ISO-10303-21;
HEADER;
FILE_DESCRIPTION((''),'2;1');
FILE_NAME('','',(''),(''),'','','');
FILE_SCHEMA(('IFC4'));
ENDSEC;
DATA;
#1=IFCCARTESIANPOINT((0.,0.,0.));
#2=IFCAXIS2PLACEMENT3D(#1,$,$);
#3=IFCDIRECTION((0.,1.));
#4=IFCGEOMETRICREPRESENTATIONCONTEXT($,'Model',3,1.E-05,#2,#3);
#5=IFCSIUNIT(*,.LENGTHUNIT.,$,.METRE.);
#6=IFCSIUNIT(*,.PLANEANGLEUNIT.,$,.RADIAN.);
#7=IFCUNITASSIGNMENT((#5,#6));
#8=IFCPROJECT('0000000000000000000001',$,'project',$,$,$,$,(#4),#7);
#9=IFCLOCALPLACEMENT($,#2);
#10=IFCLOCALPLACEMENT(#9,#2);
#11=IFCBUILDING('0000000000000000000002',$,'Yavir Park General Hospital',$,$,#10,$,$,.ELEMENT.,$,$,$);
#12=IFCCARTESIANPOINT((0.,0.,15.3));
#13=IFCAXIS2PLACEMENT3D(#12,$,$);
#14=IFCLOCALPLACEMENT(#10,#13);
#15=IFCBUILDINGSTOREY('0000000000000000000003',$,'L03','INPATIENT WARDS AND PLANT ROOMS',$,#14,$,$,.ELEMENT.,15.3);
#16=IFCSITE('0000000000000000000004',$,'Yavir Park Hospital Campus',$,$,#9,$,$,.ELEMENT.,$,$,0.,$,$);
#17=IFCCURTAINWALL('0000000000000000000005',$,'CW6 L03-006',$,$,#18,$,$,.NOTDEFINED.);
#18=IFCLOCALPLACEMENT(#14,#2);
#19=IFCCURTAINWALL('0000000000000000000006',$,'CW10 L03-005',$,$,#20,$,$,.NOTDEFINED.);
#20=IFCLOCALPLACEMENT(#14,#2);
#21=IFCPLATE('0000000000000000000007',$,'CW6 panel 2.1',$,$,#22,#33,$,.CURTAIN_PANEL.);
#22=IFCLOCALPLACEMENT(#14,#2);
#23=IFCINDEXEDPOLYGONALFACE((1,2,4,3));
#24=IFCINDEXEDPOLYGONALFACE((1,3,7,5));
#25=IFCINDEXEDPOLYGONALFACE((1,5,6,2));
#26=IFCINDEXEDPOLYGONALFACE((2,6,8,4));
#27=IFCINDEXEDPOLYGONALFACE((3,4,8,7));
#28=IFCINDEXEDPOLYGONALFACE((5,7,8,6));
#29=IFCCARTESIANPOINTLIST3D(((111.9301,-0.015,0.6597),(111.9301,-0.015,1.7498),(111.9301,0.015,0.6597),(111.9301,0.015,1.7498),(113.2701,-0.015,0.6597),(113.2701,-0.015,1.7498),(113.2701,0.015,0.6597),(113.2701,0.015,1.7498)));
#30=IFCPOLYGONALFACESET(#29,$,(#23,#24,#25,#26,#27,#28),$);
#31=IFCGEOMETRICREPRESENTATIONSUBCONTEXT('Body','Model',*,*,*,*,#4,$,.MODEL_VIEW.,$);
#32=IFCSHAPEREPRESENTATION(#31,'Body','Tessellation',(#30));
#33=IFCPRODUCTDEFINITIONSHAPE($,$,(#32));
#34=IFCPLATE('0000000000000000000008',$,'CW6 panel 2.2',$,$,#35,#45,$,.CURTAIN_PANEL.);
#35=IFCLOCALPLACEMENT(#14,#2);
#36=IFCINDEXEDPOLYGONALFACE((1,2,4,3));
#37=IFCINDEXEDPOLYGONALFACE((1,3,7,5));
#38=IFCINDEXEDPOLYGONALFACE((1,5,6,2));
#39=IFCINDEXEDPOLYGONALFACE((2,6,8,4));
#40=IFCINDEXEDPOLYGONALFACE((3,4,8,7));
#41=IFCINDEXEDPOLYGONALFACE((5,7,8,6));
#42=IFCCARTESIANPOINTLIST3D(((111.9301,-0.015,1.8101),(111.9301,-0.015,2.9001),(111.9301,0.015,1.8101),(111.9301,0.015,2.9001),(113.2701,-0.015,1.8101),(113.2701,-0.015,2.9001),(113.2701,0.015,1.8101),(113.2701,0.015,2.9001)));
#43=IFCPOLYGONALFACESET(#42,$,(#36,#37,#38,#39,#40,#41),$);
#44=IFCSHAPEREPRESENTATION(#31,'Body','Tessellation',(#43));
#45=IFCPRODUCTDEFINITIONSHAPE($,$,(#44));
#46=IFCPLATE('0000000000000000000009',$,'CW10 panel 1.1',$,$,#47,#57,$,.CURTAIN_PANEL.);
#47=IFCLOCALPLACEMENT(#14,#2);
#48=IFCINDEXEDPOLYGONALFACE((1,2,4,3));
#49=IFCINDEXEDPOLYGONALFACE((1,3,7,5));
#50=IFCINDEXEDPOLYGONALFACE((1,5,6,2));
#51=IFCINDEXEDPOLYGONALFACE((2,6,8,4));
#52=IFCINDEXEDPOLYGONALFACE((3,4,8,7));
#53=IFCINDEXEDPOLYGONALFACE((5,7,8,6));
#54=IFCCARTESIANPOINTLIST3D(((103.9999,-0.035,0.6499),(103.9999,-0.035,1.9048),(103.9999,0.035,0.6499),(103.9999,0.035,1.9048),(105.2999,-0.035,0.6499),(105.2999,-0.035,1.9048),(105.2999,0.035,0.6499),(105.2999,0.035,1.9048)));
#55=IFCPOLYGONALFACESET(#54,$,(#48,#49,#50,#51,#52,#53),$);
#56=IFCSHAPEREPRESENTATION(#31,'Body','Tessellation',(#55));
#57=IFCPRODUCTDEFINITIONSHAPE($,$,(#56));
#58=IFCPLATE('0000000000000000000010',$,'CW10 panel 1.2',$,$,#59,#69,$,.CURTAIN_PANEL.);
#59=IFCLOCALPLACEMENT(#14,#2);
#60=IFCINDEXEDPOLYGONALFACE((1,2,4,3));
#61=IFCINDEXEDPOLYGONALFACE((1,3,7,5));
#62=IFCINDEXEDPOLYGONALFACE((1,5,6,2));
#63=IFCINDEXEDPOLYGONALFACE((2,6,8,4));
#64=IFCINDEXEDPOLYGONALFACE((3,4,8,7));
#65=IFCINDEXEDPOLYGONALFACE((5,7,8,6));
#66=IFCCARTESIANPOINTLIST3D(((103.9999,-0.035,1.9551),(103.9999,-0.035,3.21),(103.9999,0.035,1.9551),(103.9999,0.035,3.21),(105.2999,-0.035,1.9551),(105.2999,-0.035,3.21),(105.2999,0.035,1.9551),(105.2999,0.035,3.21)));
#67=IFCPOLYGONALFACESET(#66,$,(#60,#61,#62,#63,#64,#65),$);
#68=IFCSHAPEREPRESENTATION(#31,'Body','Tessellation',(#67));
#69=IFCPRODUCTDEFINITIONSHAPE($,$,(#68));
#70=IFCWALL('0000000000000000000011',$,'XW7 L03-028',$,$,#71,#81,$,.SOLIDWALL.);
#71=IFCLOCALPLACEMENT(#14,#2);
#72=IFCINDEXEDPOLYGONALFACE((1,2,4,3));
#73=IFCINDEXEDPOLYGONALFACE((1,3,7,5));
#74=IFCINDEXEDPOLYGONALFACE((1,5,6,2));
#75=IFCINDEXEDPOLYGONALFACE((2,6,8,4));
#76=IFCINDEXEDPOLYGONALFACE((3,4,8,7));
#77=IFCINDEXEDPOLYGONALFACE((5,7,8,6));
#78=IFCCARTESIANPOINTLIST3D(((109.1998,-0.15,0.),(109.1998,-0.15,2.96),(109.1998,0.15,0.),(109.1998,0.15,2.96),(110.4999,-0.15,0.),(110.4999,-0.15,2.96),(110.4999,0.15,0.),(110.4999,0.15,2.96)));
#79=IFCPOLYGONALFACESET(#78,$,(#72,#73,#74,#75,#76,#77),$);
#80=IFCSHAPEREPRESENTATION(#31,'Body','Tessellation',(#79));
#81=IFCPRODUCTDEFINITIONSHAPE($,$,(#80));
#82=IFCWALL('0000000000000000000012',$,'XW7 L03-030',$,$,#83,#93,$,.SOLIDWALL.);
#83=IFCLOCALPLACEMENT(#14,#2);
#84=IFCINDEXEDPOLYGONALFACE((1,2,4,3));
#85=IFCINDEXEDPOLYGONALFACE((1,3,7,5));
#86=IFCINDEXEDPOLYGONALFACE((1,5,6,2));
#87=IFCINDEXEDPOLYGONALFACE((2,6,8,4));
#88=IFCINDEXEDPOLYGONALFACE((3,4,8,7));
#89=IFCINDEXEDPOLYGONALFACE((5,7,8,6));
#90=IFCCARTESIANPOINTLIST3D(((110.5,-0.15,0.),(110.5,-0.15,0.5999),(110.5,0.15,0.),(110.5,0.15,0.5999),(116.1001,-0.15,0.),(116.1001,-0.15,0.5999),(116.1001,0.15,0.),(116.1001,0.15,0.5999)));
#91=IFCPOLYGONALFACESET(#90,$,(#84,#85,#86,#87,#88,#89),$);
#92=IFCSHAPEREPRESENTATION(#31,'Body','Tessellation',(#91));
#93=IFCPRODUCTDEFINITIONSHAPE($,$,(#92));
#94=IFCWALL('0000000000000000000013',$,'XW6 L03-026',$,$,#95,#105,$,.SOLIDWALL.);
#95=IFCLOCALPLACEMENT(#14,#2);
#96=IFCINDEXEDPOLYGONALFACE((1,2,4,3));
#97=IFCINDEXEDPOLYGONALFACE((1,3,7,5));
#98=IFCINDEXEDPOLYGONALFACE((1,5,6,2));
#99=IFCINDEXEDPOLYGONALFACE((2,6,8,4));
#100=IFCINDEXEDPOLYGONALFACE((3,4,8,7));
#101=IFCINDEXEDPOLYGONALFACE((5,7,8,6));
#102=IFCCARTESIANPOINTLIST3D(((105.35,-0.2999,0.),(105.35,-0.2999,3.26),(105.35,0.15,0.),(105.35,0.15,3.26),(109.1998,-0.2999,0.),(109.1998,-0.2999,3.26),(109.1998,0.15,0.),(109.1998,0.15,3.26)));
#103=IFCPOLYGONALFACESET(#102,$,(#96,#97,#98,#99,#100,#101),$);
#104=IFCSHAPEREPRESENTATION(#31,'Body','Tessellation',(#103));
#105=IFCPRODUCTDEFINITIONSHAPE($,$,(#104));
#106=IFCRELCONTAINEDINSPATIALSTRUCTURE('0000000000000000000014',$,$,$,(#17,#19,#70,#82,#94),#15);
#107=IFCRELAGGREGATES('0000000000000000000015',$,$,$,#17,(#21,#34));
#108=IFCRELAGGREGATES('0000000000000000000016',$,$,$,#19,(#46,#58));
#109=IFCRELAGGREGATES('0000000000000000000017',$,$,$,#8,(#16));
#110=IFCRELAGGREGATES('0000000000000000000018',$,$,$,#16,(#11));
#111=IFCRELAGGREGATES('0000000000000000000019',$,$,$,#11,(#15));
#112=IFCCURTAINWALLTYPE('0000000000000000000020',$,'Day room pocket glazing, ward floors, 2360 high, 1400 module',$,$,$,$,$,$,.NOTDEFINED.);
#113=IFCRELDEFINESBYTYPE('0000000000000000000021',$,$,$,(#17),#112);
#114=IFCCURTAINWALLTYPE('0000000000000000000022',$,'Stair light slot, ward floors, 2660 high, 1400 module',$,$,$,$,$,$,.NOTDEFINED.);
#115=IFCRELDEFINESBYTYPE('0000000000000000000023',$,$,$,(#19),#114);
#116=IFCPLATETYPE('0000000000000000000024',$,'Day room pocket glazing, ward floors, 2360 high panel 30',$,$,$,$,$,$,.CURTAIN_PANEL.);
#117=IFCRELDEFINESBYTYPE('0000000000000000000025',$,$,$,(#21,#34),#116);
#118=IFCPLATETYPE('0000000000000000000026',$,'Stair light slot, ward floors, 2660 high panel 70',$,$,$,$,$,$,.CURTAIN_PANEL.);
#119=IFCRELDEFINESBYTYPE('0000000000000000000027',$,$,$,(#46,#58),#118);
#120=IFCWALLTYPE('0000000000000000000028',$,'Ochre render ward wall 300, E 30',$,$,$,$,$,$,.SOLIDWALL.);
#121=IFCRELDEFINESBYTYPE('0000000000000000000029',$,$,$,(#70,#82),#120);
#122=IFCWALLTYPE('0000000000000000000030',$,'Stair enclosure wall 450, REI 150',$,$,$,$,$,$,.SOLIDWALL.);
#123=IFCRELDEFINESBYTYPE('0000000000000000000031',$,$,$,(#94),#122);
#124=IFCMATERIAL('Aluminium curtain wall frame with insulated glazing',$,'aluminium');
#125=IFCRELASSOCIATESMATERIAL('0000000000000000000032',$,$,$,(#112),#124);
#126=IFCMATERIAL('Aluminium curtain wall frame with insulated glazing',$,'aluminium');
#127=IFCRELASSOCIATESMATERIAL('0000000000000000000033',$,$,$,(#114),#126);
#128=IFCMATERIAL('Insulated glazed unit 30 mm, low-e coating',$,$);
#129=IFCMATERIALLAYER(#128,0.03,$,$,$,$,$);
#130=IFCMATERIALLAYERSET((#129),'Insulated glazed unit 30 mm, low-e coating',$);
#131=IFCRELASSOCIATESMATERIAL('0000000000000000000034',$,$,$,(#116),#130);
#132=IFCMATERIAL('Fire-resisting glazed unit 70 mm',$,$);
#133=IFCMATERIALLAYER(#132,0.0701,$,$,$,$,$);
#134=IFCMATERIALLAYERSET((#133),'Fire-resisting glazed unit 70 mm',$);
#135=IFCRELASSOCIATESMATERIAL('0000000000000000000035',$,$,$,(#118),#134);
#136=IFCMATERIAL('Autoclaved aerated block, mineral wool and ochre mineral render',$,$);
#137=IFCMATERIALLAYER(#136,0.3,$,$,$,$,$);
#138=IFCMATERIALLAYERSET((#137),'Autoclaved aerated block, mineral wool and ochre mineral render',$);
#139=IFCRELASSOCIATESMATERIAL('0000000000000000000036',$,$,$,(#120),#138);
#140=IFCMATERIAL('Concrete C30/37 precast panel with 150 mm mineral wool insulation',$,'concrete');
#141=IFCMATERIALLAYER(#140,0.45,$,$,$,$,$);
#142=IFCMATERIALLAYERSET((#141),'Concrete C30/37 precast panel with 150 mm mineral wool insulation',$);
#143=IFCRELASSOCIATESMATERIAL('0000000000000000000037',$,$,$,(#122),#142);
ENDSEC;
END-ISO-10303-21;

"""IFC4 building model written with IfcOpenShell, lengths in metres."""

from ifc_helpers import new_model, si_unit, direction, frame, frame_2d, origin, origin_2d, place, context, subcontext, project, spatial, rectangle, extrude, material, layer, layer_set, type_object, element, aggregate, save


model = new_model("IFC4")

# Units and contexts
model_context = context("Model", 3, precision=1e-05, world=origin(), true_north=direction((0.0, 1.0)))
body_context = subcontext(model_context, "Body", "Model", "MODEL_VIEW")
ifc_project = project(units=[si_unit("LENGTHUNIT", "METRE"), si_unit("PLANEANGLEUNIT", "RADIAN")], contexts=[model_context])

# Site, building, storey
site_placement = place(None, origin())
site = spatial("IfcSite", under=ifc_project, at=site_placement, Name="Yavir Park Hospital Campus", CompositionType="ELEMENT", RefElevation=0.0)
building_placement = place(site_placement, origin())
building = spatial("IfcBuilding", under=site, at=building_placement, Name="Yavir Park General Hospital", CompositionType="ELEMENT")
storey_placement = place(building_placement, frame((0.0, 0.0, 15.3)))
storey = spatial("IfcBuildingStorey", under=building, at=storey_placement, Name="L03", Description="INPATIENT WARDS AND PLANT ROOMS", CompositionType="ELEMENT", Elevation=15.3)

# Curtain wall
ifc_material_1 = material(Name="Aluminium curtain wall frame with insulated glazing", Category="aluminium")
curtain_wall_type_1 = type_object("IfcCurtainWallType", Name="Day room pocket glazing, ward floors, 2360 high, 1400 module", PredefinedType="NOTDEFINED", material=ifc_material_1)
curtain_wall_1_placement = place(storey_placement, origin())
curtain_wall_1 = element("IfcCurtainWall", 1, at=curtain_wall_1_placement, inside=storey, type_object=curtain_wall_type_1, Name="CW6 L03-006", PredefinedType="NOTDEFINED")

# Curtain wall
ifc_material_2 = material(Name="Aluminium curtain wall frame with insulated glazing", Category="aluminium")
curtain_wall_type_2 = type_object("IfcCurtainWallType", Name="Stair light slot, ward floors, 2660 high, 1400 module", PredefinedType="NOTDEFINED", material=ifc_material_2)
curtain_wall_2_placement = place(storey_placement, origin())
curtain_wall_2 = element("IfcCurtainWall", 2, at=curtain_wall_2_placement, inside=storey, type_object=curtain_wall_type_2, Name="CW10 L03-005", PredefinedType="NOTDEFINED")

# Plates
ifc_material_3 = material(Name="Insulated glazed unit 30 mm, low-e coating")
ifc_layer_1 = layer(ifc_material_3, 0.03)
ifc_layer_set_1 = layer_set([ifc_layer_1], Name="Insulated glazed unit 30 mm, low-e coating")
plate_type_1 = type_object("IfcPlateType", Name="Day room pocket glazing, ward floors, 2360 high panel 30", PredefinedType="CURTAIN_PANEL", material=ifc_layer_set_1)
plate_1_placement = place(storey_placement, frame((112.6001, 0.0, 0.6597), z_axis=(0.0, 0.0, 1.0), x_axis=(1.0, 0.0, 0.0)))
plate_1 = element("IfcPlate", 3, at=plate_1_placement, type_object=plate_type_1, Name="CW6 panel 2.1", PredefinedType="CURTAIN_PANEL", context=body_context, shape_type="SweptSolid", body=[
    extrude(rectangle(XDim=1.3401, YDim=0.03, at=origin_2d()), origin(), (0.0, 0.0, 1.0), 1.0901),
])
plate_2_placement = place(storey_placement, frame((112.6001, 0.0, 1.8101), z_axis=(0.0, 0.0, 1.0), x_axis=(1.0, 0.0, 0.0)))
plate_2 = element("IfcPlate", 4, at=plate_2_placement, type_object=plate_type_1, Name="CW6 panel 2.2", PredefinedType="CURTAIN_PANEL", context=body_context, shape_type="SweptSolid", body=[
    extrude(rectangle(XDim=1.3401, YDim=0.03, at=origin_2d()), origin(), (0.0, 0.0, 1.0), 1.0901),
])
aggregate(curtain_wall_1, [plate_1, plate_2])
ifc_material_4 = material(Name="Fire-resisting glazed unit 70 mm")
ifc_layer_2 = layer(ifc_material_4, 0.0701)
ifc_layer_set_2 = layer_set([ifc_layer_2], Name="Fire-resisting glazed unit 70 mm")
plate_type_2 = type_object("IfcPlateType", Name="Stair light slot, ward floors, 2660 high panel 70", PredefinedType="CURTAIN_PANEL", material=ifc_layer_set_2)
plate_3_placement = place(storey_placement, frame((104.6499, 0.0, 0.6499), z_axis=(0.0, 0.0, 1.0), x_axis=(1.0, 0.0, 0.0)))
plate_3 = element("IfcPlate", 5, at=plate_3_placement, type_object=plate_type_2, Name="CW10 panel 1.1", PredefinedType="CURTAIN_PANEL", context=body_context, shape_type="SweptSolid", body=[
    extrude(rectangle(XDim=1.3, YDim=0.0701, at=origin_2d()), origin(), (0.0, 0.0, 1.0), 1.2549),
])
plate_4_placement = place(storey_placement, frame((104.6499, 0.0, 1.9551), z_axis=(0.0, 0.0, 1.0), x_axis=(1.0, 0.0, 0.0)))
plate_4 = element("IfcPlate", 6, at=plate_4_placement, type_object=plate_type_2, Name="CW10 panel 1.2", PredefinedType="CURTAIN_PANEL", context=body_context, shape_type="SweptSolid", body=[
    extrude(rectangle(XDim=1.3, YDim=0.0701, at=origin_2d()), origin(), (0.0, 0.0, 1.0), 1.2549),
])
aggregate(curtain_wall_2, [plate_3, plate_4])

# Walls
ifc_material_5 = material(Name="Autoclaved aerated block, mineral wool and ochre mineral render")
ifc_layer_3 = layer(ifc_material_5, 0.3)
ifc_layer_set_3 = layer_set([ifc_layer_3], Name="Autoclaved aerated block, mineral wool and ochre mineral render")
wall_type_1 = type_object("IfcWallType", Name="Ochre render ward wall 300, E 30", PredefinedType="SOLIDWALL", material=ifc_layer_set_3)
wall_1_placement = place(storey_placement, frame((109.2, 0.0, 0.0), z_axis=(0.0, 0.0, 1.0), x_axis=(1.0, 0.0, 0.0)))
element("IfcWall", 7, at=wall_1_placement, inside=storey, type_object=wall_type_1, Name="XW7 L03-028", PredefinedType="SOLIDWALL", context=body_context, shape_type="SweptSolid", body=[
    extrude(rectangle(XDim=1.3, YDim=0.3, at=frame_2d((0.6499, 0.0))), origin(), (0.0, 0.0, 1.0), 2.96),
])
wall_2_placement = place(storey_placement, frame((110.5, 0.0, 0.0), z_axis=(0.0, 0.0, 1.0), x_axis=(1.0, 0.0, 0.0)))
element("IfcWall", 8, at=wall_2_placement, inside=storey, type_object=wall_type_1, Name="XW7 L03-030", PredefinedType="SOLIDWALL", context=body_context, shape_type="SweptSolid", body=[
    extrude(rectangle(XDim=5.6001, YDim=0.3, at=frame_2d((2.8, 0.0))), origin(), (0.0, 0.0, 1.0), 0.5999),
])
ifc_material_6 = material(Name="Concrete C30/37 precast panel with 150 mm mineral wool insulation", Category="concrete")
ifc_layer_4 = layer(ifc_material_6, 0.45)
ifc_layer_set_4 = layer_set([ifc_layer_4], Name="Concrete C30/37 precast panel with 150 mm mineral wool insulation")
wall_type_2 = type_object("IfcWallType", Name="Stair enclosure wall 450, REI 150", PredefinedType="SOLIDWALL", material=ifc_layer_set_4)
wall_3_placement = place(storey_placement, frame((105.3501, -0.075, 0.0), z_axis=(0.0, 0.0, 1.0), x_axis=(1.0, 0.0, 0.0)))
element("IfcWall", 9, at=wall_3_placement, inside=storey, type_object=wall_type_2, Name="XW6 L03-026", PredefinedType="SOLIDWALL", context=body_context, shape_type="SweptSolid", body=[
    extrude(rectangle(XDim=3.8499, YDim=0.45, at=frame_2d((1.9248, 0.0))), origin(), (0.0, 0.0, 1.0), 3.26),
])

save(model, "model.ifc")
